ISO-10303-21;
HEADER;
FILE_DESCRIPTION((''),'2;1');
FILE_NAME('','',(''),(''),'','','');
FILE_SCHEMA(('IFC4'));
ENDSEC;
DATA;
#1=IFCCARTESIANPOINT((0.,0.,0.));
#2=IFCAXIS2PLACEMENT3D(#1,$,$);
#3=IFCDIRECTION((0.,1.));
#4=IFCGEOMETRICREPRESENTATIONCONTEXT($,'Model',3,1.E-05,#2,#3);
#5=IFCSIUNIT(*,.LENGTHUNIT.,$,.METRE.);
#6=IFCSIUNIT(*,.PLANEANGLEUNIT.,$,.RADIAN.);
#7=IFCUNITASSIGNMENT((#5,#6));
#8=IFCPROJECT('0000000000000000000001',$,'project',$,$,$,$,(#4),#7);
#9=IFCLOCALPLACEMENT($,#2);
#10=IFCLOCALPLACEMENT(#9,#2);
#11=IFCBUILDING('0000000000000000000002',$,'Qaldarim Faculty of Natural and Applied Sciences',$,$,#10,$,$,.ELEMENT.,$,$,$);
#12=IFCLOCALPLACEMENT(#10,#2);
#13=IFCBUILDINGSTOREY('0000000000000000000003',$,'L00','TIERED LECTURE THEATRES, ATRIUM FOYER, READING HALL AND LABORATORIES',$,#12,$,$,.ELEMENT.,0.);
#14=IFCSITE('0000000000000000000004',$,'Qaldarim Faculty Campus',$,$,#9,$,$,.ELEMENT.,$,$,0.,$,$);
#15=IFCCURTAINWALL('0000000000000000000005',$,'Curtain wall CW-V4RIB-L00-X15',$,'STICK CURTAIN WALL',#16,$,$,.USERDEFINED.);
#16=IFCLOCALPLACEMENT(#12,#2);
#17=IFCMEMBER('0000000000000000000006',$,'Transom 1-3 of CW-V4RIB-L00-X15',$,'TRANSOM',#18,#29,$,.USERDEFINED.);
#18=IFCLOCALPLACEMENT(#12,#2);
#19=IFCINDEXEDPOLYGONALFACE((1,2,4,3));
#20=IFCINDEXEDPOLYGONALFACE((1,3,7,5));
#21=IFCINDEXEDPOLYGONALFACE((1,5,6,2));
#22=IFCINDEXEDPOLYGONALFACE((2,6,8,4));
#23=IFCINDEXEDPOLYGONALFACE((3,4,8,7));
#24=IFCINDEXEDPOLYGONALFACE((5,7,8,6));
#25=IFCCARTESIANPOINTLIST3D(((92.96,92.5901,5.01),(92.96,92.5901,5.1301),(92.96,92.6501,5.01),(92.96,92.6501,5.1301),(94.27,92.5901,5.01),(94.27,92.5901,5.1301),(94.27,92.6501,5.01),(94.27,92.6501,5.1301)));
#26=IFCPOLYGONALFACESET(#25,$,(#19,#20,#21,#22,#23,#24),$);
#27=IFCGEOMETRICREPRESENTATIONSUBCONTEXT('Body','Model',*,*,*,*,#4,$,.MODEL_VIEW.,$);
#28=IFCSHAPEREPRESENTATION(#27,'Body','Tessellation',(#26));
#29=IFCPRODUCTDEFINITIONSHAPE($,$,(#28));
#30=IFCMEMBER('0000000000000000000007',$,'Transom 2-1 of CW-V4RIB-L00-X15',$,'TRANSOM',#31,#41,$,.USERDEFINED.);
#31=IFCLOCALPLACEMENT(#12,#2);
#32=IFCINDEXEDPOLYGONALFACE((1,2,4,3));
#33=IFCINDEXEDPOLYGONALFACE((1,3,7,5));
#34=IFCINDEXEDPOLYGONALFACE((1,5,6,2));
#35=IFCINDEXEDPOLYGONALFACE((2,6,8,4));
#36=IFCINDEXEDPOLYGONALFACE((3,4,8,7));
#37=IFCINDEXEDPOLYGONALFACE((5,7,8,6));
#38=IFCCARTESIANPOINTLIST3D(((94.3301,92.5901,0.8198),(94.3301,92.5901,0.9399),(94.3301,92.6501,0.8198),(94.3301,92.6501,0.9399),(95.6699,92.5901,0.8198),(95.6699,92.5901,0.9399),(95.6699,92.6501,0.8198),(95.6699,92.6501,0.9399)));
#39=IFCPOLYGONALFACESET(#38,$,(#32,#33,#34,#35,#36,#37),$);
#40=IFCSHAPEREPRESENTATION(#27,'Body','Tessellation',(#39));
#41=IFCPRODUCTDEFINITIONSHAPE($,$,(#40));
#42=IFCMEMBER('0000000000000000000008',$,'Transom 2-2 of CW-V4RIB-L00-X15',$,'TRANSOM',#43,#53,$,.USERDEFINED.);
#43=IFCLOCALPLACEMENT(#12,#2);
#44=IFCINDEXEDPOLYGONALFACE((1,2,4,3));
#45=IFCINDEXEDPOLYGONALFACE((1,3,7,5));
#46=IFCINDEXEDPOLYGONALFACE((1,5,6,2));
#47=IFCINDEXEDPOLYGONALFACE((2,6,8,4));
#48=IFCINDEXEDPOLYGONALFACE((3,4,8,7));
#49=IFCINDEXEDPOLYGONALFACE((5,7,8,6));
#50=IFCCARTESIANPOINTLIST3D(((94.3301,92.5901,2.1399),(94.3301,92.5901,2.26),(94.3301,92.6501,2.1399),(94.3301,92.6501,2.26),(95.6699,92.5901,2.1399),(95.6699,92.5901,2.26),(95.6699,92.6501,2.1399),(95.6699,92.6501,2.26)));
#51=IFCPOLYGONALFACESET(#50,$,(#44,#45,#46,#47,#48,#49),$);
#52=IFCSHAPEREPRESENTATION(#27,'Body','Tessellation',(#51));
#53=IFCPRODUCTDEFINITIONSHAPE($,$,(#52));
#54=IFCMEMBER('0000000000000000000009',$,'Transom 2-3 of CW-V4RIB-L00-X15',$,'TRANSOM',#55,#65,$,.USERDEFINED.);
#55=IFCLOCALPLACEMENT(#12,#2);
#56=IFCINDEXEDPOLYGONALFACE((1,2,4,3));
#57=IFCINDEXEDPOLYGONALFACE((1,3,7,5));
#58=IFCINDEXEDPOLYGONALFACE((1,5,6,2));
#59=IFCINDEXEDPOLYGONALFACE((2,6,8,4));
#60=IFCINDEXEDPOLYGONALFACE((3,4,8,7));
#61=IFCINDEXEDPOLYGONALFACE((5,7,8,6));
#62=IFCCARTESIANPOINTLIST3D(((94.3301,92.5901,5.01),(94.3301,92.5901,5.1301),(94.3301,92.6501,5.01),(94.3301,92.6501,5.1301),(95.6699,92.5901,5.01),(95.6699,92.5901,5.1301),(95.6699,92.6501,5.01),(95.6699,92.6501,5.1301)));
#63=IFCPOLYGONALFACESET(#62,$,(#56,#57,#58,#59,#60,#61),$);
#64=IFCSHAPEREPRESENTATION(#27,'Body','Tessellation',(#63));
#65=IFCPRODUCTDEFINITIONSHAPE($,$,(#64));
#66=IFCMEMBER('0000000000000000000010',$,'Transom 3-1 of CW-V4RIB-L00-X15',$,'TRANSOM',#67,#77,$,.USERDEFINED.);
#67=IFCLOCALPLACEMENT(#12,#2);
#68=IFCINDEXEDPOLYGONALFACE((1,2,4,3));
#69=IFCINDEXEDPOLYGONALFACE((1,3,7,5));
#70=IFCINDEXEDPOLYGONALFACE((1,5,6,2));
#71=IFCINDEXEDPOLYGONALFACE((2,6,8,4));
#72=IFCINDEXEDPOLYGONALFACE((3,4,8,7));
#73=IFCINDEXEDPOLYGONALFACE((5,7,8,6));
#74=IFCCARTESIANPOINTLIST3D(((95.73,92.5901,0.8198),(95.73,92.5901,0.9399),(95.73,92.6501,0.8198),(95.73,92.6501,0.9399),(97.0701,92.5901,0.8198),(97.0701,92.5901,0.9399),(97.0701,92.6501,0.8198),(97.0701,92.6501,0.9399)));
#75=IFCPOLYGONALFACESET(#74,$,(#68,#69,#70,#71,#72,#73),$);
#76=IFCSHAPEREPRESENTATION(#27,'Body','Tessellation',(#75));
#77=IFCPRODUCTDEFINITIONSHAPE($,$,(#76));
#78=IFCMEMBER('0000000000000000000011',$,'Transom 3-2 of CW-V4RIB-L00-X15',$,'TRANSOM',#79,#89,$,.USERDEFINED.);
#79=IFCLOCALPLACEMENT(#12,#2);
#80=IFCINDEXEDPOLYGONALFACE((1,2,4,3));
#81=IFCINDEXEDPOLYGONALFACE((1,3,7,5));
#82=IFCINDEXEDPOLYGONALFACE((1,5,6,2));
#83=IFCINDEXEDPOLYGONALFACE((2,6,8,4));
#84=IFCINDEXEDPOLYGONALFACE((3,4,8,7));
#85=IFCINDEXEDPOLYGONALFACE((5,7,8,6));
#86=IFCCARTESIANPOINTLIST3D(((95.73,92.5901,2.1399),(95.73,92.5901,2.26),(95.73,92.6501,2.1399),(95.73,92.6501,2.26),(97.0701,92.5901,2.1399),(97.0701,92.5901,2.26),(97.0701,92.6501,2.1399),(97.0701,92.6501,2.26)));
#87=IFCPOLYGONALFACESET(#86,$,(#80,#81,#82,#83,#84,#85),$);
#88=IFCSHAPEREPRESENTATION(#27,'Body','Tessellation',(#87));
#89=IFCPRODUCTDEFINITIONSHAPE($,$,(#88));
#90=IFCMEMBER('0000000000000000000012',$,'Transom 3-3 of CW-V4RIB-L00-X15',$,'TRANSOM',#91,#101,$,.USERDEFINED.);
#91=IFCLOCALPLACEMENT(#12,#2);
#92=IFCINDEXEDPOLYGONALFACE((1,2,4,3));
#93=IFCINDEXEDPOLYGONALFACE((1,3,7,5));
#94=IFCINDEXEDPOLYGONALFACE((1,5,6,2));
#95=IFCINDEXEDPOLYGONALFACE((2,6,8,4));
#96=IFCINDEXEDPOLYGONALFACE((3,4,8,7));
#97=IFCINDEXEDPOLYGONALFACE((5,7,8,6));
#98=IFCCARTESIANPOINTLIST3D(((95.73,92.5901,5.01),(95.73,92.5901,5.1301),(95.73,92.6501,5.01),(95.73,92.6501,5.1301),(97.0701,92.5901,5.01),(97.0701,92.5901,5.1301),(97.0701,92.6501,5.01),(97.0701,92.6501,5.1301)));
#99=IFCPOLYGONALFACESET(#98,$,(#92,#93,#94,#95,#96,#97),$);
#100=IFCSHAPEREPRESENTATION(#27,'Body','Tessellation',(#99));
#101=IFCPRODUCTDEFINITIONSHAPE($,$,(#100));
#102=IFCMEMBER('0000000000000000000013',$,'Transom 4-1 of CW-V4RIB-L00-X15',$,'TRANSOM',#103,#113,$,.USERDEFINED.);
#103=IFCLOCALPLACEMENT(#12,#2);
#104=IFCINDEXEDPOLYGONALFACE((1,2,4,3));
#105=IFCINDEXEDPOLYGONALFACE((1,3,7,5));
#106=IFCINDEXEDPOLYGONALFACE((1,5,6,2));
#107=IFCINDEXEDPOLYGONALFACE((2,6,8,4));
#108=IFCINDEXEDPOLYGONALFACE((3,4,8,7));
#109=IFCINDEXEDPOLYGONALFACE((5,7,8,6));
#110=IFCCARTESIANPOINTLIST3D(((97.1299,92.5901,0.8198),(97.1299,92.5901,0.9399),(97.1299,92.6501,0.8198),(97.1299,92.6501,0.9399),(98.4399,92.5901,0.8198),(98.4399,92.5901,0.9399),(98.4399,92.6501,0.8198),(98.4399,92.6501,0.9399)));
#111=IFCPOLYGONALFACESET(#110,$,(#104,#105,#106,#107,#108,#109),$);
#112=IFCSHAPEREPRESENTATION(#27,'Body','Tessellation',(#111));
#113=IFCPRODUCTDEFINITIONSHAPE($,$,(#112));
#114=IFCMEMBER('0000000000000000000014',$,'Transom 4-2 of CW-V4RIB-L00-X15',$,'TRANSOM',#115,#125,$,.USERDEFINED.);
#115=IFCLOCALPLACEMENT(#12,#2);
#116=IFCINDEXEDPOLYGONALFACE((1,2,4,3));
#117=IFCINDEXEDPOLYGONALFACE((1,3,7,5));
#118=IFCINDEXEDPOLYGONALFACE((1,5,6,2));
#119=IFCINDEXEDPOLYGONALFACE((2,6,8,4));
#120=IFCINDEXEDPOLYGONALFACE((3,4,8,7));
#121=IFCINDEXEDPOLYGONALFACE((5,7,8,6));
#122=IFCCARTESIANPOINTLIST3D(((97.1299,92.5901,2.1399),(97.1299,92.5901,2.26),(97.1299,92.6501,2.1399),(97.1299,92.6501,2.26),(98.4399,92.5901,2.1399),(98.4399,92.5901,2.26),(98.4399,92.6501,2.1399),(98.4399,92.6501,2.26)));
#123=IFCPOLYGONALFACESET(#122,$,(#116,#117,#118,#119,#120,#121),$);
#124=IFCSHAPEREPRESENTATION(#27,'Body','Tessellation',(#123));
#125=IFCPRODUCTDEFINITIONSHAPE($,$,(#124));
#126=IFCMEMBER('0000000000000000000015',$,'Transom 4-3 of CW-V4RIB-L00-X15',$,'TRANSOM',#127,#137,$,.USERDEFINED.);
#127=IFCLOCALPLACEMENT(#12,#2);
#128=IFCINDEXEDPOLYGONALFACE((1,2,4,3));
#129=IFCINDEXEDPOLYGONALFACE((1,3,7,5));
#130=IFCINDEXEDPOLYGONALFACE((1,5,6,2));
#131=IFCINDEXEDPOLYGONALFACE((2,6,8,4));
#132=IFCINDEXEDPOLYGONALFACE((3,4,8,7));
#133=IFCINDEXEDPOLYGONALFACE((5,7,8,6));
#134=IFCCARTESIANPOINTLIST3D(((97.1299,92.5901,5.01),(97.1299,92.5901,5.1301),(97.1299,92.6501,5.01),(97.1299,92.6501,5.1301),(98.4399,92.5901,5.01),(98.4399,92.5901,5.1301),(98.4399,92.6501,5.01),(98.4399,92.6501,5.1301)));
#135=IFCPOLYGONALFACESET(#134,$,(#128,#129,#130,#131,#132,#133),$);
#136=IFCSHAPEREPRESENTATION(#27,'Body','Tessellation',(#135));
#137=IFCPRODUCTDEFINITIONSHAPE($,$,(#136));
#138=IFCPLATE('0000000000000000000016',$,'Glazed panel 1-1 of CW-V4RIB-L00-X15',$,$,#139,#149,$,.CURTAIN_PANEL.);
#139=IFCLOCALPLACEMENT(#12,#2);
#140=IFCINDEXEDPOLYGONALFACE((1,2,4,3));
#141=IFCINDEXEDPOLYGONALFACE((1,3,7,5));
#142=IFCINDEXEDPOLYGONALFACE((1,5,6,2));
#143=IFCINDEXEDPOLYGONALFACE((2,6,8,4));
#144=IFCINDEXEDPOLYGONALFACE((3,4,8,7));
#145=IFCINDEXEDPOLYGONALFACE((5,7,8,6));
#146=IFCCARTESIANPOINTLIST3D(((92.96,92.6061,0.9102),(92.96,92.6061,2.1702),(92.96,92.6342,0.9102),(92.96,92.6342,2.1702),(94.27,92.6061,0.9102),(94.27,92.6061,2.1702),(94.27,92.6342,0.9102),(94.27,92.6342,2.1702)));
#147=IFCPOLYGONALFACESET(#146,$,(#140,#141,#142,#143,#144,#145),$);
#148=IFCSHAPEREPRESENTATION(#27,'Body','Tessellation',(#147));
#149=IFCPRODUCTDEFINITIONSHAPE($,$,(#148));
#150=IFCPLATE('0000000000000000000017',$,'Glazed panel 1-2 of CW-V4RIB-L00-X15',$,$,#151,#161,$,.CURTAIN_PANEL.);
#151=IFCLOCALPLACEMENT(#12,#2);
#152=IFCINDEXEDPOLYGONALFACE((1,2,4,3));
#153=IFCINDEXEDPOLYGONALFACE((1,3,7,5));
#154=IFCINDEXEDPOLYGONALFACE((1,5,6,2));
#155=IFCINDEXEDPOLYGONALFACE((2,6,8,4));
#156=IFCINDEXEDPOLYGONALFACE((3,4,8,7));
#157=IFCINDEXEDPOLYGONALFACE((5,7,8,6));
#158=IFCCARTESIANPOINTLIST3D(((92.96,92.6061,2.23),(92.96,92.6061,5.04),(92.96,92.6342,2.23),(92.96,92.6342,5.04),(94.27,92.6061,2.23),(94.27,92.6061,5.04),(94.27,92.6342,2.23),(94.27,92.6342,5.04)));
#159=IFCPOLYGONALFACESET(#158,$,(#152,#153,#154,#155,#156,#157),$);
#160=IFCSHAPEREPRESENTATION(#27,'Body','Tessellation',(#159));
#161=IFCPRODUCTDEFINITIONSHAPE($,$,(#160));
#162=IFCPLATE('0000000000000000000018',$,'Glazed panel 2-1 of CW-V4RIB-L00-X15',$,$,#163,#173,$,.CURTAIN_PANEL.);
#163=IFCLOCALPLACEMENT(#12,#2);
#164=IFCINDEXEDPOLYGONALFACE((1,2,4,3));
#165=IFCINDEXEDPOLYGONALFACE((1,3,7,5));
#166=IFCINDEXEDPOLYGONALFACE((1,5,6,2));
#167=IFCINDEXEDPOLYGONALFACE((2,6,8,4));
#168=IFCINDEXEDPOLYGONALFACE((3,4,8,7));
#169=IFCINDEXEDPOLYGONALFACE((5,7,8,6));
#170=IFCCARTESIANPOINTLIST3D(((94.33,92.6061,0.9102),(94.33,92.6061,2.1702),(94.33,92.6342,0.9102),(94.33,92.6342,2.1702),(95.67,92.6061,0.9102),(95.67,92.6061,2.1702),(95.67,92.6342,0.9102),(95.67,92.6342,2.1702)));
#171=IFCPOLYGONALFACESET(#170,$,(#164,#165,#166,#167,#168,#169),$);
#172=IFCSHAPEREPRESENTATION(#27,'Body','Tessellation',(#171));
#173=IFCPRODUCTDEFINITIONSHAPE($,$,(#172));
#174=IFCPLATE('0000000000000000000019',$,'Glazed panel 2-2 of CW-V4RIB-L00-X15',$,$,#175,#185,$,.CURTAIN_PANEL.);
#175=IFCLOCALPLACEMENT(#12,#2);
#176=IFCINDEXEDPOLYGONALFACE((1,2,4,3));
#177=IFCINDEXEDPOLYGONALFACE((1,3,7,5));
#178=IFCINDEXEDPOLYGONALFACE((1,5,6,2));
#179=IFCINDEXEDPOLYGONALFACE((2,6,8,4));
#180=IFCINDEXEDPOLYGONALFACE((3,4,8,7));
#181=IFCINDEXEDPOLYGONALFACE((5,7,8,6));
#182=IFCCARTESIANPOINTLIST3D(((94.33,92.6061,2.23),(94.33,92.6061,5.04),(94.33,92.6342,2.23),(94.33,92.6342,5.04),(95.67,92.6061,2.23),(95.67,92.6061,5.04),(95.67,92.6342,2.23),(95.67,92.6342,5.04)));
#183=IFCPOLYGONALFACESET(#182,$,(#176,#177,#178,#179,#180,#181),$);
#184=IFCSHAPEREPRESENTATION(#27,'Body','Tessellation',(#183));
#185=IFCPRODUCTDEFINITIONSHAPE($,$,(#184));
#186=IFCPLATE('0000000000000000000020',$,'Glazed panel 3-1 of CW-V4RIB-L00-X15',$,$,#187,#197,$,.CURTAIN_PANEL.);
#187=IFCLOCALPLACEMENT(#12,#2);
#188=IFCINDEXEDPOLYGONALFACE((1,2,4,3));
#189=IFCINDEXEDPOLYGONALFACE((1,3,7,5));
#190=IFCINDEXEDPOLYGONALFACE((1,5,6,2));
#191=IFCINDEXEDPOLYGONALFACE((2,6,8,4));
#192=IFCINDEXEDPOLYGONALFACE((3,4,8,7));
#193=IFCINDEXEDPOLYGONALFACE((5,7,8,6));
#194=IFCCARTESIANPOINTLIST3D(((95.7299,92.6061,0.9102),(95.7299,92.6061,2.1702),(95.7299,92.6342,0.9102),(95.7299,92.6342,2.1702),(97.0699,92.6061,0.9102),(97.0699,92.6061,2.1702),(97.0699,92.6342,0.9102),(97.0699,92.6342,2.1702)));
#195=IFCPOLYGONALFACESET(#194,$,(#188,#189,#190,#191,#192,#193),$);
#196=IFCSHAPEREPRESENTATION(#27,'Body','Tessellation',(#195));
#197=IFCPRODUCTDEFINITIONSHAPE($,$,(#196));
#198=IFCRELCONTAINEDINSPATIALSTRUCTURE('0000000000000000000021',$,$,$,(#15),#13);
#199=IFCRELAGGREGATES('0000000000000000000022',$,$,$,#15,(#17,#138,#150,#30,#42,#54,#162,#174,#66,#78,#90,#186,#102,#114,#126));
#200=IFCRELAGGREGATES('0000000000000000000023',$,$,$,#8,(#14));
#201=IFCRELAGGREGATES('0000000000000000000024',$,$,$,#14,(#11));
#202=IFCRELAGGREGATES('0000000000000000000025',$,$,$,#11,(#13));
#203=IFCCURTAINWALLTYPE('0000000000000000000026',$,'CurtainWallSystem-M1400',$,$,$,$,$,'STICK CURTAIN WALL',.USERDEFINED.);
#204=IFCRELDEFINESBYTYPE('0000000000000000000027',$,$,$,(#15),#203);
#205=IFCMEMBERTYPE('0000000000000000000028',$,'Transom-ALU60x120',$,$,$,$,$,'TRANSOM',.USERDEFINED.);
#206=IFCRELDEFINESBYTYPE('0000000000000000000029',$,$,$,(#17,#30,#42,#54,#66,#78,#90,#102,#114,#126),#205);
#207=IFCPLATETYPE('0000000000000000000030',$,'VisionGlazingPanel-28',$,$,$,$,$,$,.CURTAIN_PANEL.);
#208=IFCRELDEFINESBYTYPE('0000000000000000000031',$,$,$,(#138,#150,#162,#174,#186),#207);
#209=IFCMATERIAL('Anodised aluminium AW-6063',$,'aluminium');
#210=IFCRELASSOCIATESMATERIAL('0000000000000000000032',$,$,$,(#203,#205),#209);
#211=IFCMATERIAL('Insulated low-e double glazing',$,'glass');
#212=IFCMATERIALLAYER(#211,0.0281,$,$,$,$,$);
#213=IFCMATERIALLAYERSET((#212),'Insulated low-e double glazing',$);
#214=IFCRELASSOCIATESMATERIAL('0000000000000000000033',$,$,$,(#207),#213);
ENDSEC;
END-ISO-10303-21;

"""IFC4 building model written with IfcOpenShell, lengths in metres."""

from ifc_helpers import new_model, si_unit, direction, frame, origin, origin_2d, place, context, subcontext, project, spatial, rectangle, extrude, material, layer, layer_set, material_profile, profile_set, type_object, element, aggregate, save


model = new_model("IFC4")

# Units and contexts
model_context = context("Model", 3, precision=1e-05, world=origin(), true_north=direction((0.0, 1.0)))
body_context = subcontext(model_context, "Body", "Model", "MODEL_VIEW")
ifc_project = project(units=[si_unit("LENGTHUNIT", "METRE"), si_unit("PLANEANGLEUNIT", "RADIAN")], contexts=[model_context])

# Site, building, storey
site_placement = place(None, origin())
site = spatial("IfcSite", under=ifc_project, at=site_placement, Name="Qaldarim Faculty Campus", CompositionType="ELEMENT", RefElevation=0.0)
building_placement = place(site_placement, origin())
building = spatial("IfcBuilding", under=site, at=building_placement, Name="Qaldarim Faculty of Natural and Applied Sciences", CompositionType="ELEMENT")
storey_placement = place(building_placement, origin())
storey = spatial("IfcBuildingStorey", under=building, at=storey_placement, Name="L00", Description="TIERED LECTURE THEATRES, ATRIUM FOYER, READING HALL AND LABORATORIES", CompositionType="ELEMENT", Elevation=0.0)

# Curtain wall
ifc_material_1 = material(Name="Anodised aluminium AW-6063", Category="aluminium")
curtain_wall_type = type_object("IfcCurtainWallType", Name="CurtainWallSystem-M1400", ElementType="STICK CURTAIN WALL", PredefinedType="USERDEFINED", material=ifc_material_1)
curtain_wall_placement = place(storey_placement, origin())
curtain_wall = element("IfcCurtainWall", 1, at=curtain_wall_placement, inside=storey, type_object=curtain_wall_type, Name="Curtain wall CW-V4RIB-L00-X15", ObjectType="STICK CURTAIN WALL", PredefinedType="USERDEFINED")

# Members
ifc_material_profile_1 = material_profile(ifc_material_1, rectangle(XDim=0.0601, YDim=0.1201, at=origin_2d()), Name="ALU-T60x120")
ifc_profile_set_1 = profile_set([ifc_material_profile_1], Name="Anodised aluminium AW-6063")
member_type_1 = type_object("IfcMemberType", Name="Transom-ALU60x120", ElementType="TRANSOM", PredefinedType="USERDEFINED", material=ifc_profile_set_1)
member_1_placement = place(storey_placement, frame((92.96, 92.6201, 5.0701), z_axis=(1.0, 0.0, 0.0), x_axis=(0.0, 1.0, 0.0)))
member_1 = element("IfcMember", 2, at=member_1_placement, type_object=member_type_1, Name="Transom 1-3 of CW-V4RIB-L00-X15", ObjectType="TRANSOM", PredefinedType="USERDEFINED", context=body_context, shape_type="SweptSolid", body=[
    extrude(rectangle(XDim=0.0601, YDim=0.1201, at=origin_2d()), origin(), (0.0, 0.0, 1.0), 1.3101),
])
member_2_placement = place(storey_placement, frame((94.3301, 92.6201, 0.8799), z_axis=(1.0, 0.0, 0.0), x_axis=(0.0, 1.0, 0.0)))
member_2 = element("IfcMember", 3, at=member_2_placement, type_object=member_type_1, Name="Transom 2-1 of CW-V4RIB-L00-X15", ObjectType="TRANSOM", PredefinedType="USERDEFINED", context=body_context, shape_type="SweptSolid", body=[
    extrude(rectangle(XDim=0.0601, YDim=0.1201, at=origin_2d()), origin(), (0.0, 0.0, 1.0), 1.3398),
])
member_3_placement = place(storey_placement, frame((94.3301, 92.6201, 2.2), z_axis=(1.0, 0.0, 0.0), x_axis=(0.0, 1.0, 0.0)))
member_3 = element("IfcMember", 4, at=member_3_placement, type_object=member_type_1, Name="Transom 2-2 of CW-V4RIB-L00-X15", ObjectType="TRANSOM", PredefinedType="USERDEFINED", context=body_context, shape_type="SweptSolid", body=[
    extrude(rectangle(XDim=0.0601, YDim=0.1201, at=origin_2d()), origin(), (0.0, 0.0, 1.0), 1.3398),
])
member_4_placement = place(storey_placement, frame((94.3301, 92.6201, 5.0701), z_axis=(1.0, 0.0, 0.0), x_axis=(0.0, 1.0, 0.0)))
member_4 = element("IfcMember", 5, at=member_4_placement, type_object=member_type_1, Name="Transom 2-3 of CW-V4RIB-L00-X15", ObjectType="TRANSOM", PredefinedType="USERDEFINED", context=body_context, shape_type="SweptSolid", body=[
    extrude(rectangle(XDim=0.0601, YDim=0.1201, at=origin_2d()), origin(), (0.0, 0.0, 1.0), 1.3398),
])
member_5_placement = place(storey_placement, frame((95.73, 92.6201, 0.8799), z_axis=(1.0, 0.0, 0.0), x_axis=(0.0, 1.0, 0.0)))
member_5 = element("IfcMember", 6, at=member_5_placement, type_object=member_type_1, Name="Transom 3-1 of CW-V4RIB-L00-X15", ObjectType="TRANSOM", PredefinedType="USERDEFINED", context=body_context, shape_type="SweptSolid", body=[
    extrude(rectangle(XDim=0.0601, YDim=0.1201, at=origin_2d()), origin(), (0.0, 0.0, 1.0), 1.3401),
])
member_6_placement = place(storey_placement, frame((95.73, 92.6201, 2.2), z_axis=(1.0, 0.0, 0.0), x_axis=(0.0, 1.0, 0.0)))
member_6 = element("IfcMember", 7, at=member_6_placement, type_object=member_type_1, Name="Transom 3-2 of CW-V4RIB-L00-X15", ObjectType="TRANSOM", PredefinedType="USERDEFINED", context=body_context, shape_type="SweptSolid", body=[
    extrude(rectangle(XDim=0.0601, YDim=0.1201, at=origin_2d()), origin(), (0.0, 0.0, 1.0), 1.3401),
])
member_7_placement = place(storey_placement, frame((95.73, 92.6201, 5.0701), z_axis=(1.0, 0.0, 0.0), x_axis=(0.0, 1.0, 0.0)))
member_7 = element("IfcMember", 8, at=member_7_placement, type_object=member_type_1, Name="Transom 3-3 of CW-V4RIB-L00-X15", ObjectType="TRANSOM", PredefinedType="USERDEFINED", context=body_context, shape_type="SweptSolid", body=[
    extrude(rectangle(XDim=0.0601, YDim=0.1201, at=origin_2d()), origin(), (0.0, 0.0, 1.0), 1.3401),
])
member_8_placement = place(storey_placement, frame((97.1299, 92.6201, 0.8799), z_axis=(1.0, 0.0, 0.0), x_axis=(0.0, 1.0, 0.0)))
member_8 = element("IfcMember", 9, at=member_8_placement, type_object=member_type_1, Name="Transom 4-1 of CW-V4RIB-L00-X15", ObjectType="TRANSOM", PredefinedType="USERDEFINED", context=body_context, shape_type="SweptSolid", body=[
    extrude(rectangle(XDim=0.0601, YDim=0.1201, at=origin_2d()), origin(), (0.0, 0.0, 1.0), 1.3101),
])
member_9_placement = place(storey_placement, frame((97.1299, 92.6201, 2.2), z_axis=(1.0, 0.0, 0.0), x_axis=(0.0, 1.0, 0.0)))
member_9 = element("IfcMember", 10, at=member_9_placement, type_object=member_type_1, Name="Transom 4-2 of CW-V4RIB-L00-X15", ObjectType="TRANSOM", PredefinedType="USERDEFINED", context=body_context, shape_type="SweptSolid", body=[
    extrude(rectangle(XDim=0.0601, YDim=0.1201, at=origin_2d()), origin(), (0.0, 0.0, 1.0), 1.3101),
])
member_10_placement = place(storey_placement, frame((97.1299, 92.6201, 5.0701), z_axis=(1.0, 0.0, 0.0), x_axis=(0.0, 1.0, 0.0)))
member_10 = element("IfcMember", 11, at=member_10_placement, type_object=member_type_1, Name="Transom 4-3 of CW-V4RIB-L00-X15", ObjectType="TRANSOM", PredefinedType="USERDEFINED", context=body_context, shape_type="SweptSolid", body=[
    extrude(rectangle(XDim=0.0601, YDim=0.1201, at=origin_2d()), origin(), (0.0, 0.0, 1.0), 1.3101),
])

# Plates
ifc_material_2 = material(Name="Insulated low-e double glazing", Category="glass")
ifc_layer_1 = layer(ifc_material_2, 0.0281)
ifc_layer_set_1 = layer_set([ifc_layer_1], Name="Insulated low-e double glazing")
plate_type = type_object("IfcPlateType", Name="VisionGlazingPanel-28", PredefinedType="CURTAIN_PANEL", material=ifc_layer_set_1)
plate_1_placement = place(storey_placement, frame((93.615, 92.6201, 0.9102), z_axis=(0.0, 0.0, 1.0), x_axis=(1.0, 0.0, 0.0)))
plate_1 = element("IfcPlate", 12, at=plate_1_placement, type_object=plate_type, Name="Glazed panel 1-1 of CW-V4RIB-L00-X15", PredefinedType="CURTAIN_PANEL", context=body_context, shape_type="SweptSolid", body=[
    extrude(rectangle(XDim=1.3101, YDim=0.0281, at=origin_2d()), origin(), (0.0, 0.0, 1.0), 1.26),
])
plate_2_placement = place(storey_placement, frame((93.615, 92.6201, 2.23), z_axis=(0.0, 0.0, 1.0), x_axis=(1.0, 0.0, 0.0)))
plate_2 = element("IfcPlate", 13, at=plate_2_placement, type_object=plate_type, Name="Glazed panel 1-2 of CW-V4RIB-L00-X15", PredefinedType="CURTAIN_PANEL", context=body_context, shape_type="SweptSolid", body=[
    extrude(rectangle(XDim=1.3101, YDim=0.0281, at=origin_2d()), origin(), (0.0, 0.0, 1.0), 2.8101),
])
plate_3_placement = place(storey_placement, frame((95.0, 92.6201, 0.9102), z_axis=(0.0, 0.0, 1.0), x_axis=(1.0, 0.0, 0.0)))
plate_3 = element("IfcPlate", 14, at=plate_3_placement, type_object=plate_type, Name="Glazed panel 2-1 of CW-V4RIB-L00-X15", PredefinedType="CURTAIN_PANEL", context=body_context, shape_type="SweptSolid", body=[
    extrude(rectangle(XDim=1.3401, YDim=0.0281, at=origin_2d()), origin(), (0.0, 0.0, 1.0), 1.26),
])
plate_4_placement = place(storey_placement, frame((95.0, 92.6201, 2.23), z_axis=(0.0, 0.0, 1.0), x_axis=(1.0, 0.0, 0.0)))
plate_4 = element("IfcPlate", 15, at=plate_4_placement, type_object=plate_type, Name="Glazed panel 2-2 of CW-V4RIB-L00-X15", PredefinedType="CURTAIN_PANEL", context=body_context, shape_type="SweptSolid", body=[
    extrude(rectangle(XDim=1.3401, YDim=0.0281, at=origin_2d()), origin(), (0.0, 0.0, 1.0), 2.8101),
])
plate_5_placement = place(storey_placement, frame((96.3999, 92.6201, 0.9102), z_axis=(0.0, 0.0, 1.0), x_axis=(1.0, 0.0, 0.0)))
plate_5 = element("IfcPlate", 16, at=plate_5_placement, type_object=plate_type, Name="Glazed panel 3-1 of CW-V4RIB-L00-X15", PredefinedType="CURTAIN_PANEL", context=body_context, shape_type="SweptSolid", body=[
    extrude(rectangle(XDim=1.3401, YDim=0.0281, at=origin_2d()), origin(), (0.0, 0.0, 1.0), 1.26),
])
aggregate(curtain_wall, [member_1, plate_1, plate_2, member_2, member_3, member_4, plate_3, plate_4, member_5, member_6, member_7, plate_5, member_8, member_9, member_10])

save(model, "model.ifc")
